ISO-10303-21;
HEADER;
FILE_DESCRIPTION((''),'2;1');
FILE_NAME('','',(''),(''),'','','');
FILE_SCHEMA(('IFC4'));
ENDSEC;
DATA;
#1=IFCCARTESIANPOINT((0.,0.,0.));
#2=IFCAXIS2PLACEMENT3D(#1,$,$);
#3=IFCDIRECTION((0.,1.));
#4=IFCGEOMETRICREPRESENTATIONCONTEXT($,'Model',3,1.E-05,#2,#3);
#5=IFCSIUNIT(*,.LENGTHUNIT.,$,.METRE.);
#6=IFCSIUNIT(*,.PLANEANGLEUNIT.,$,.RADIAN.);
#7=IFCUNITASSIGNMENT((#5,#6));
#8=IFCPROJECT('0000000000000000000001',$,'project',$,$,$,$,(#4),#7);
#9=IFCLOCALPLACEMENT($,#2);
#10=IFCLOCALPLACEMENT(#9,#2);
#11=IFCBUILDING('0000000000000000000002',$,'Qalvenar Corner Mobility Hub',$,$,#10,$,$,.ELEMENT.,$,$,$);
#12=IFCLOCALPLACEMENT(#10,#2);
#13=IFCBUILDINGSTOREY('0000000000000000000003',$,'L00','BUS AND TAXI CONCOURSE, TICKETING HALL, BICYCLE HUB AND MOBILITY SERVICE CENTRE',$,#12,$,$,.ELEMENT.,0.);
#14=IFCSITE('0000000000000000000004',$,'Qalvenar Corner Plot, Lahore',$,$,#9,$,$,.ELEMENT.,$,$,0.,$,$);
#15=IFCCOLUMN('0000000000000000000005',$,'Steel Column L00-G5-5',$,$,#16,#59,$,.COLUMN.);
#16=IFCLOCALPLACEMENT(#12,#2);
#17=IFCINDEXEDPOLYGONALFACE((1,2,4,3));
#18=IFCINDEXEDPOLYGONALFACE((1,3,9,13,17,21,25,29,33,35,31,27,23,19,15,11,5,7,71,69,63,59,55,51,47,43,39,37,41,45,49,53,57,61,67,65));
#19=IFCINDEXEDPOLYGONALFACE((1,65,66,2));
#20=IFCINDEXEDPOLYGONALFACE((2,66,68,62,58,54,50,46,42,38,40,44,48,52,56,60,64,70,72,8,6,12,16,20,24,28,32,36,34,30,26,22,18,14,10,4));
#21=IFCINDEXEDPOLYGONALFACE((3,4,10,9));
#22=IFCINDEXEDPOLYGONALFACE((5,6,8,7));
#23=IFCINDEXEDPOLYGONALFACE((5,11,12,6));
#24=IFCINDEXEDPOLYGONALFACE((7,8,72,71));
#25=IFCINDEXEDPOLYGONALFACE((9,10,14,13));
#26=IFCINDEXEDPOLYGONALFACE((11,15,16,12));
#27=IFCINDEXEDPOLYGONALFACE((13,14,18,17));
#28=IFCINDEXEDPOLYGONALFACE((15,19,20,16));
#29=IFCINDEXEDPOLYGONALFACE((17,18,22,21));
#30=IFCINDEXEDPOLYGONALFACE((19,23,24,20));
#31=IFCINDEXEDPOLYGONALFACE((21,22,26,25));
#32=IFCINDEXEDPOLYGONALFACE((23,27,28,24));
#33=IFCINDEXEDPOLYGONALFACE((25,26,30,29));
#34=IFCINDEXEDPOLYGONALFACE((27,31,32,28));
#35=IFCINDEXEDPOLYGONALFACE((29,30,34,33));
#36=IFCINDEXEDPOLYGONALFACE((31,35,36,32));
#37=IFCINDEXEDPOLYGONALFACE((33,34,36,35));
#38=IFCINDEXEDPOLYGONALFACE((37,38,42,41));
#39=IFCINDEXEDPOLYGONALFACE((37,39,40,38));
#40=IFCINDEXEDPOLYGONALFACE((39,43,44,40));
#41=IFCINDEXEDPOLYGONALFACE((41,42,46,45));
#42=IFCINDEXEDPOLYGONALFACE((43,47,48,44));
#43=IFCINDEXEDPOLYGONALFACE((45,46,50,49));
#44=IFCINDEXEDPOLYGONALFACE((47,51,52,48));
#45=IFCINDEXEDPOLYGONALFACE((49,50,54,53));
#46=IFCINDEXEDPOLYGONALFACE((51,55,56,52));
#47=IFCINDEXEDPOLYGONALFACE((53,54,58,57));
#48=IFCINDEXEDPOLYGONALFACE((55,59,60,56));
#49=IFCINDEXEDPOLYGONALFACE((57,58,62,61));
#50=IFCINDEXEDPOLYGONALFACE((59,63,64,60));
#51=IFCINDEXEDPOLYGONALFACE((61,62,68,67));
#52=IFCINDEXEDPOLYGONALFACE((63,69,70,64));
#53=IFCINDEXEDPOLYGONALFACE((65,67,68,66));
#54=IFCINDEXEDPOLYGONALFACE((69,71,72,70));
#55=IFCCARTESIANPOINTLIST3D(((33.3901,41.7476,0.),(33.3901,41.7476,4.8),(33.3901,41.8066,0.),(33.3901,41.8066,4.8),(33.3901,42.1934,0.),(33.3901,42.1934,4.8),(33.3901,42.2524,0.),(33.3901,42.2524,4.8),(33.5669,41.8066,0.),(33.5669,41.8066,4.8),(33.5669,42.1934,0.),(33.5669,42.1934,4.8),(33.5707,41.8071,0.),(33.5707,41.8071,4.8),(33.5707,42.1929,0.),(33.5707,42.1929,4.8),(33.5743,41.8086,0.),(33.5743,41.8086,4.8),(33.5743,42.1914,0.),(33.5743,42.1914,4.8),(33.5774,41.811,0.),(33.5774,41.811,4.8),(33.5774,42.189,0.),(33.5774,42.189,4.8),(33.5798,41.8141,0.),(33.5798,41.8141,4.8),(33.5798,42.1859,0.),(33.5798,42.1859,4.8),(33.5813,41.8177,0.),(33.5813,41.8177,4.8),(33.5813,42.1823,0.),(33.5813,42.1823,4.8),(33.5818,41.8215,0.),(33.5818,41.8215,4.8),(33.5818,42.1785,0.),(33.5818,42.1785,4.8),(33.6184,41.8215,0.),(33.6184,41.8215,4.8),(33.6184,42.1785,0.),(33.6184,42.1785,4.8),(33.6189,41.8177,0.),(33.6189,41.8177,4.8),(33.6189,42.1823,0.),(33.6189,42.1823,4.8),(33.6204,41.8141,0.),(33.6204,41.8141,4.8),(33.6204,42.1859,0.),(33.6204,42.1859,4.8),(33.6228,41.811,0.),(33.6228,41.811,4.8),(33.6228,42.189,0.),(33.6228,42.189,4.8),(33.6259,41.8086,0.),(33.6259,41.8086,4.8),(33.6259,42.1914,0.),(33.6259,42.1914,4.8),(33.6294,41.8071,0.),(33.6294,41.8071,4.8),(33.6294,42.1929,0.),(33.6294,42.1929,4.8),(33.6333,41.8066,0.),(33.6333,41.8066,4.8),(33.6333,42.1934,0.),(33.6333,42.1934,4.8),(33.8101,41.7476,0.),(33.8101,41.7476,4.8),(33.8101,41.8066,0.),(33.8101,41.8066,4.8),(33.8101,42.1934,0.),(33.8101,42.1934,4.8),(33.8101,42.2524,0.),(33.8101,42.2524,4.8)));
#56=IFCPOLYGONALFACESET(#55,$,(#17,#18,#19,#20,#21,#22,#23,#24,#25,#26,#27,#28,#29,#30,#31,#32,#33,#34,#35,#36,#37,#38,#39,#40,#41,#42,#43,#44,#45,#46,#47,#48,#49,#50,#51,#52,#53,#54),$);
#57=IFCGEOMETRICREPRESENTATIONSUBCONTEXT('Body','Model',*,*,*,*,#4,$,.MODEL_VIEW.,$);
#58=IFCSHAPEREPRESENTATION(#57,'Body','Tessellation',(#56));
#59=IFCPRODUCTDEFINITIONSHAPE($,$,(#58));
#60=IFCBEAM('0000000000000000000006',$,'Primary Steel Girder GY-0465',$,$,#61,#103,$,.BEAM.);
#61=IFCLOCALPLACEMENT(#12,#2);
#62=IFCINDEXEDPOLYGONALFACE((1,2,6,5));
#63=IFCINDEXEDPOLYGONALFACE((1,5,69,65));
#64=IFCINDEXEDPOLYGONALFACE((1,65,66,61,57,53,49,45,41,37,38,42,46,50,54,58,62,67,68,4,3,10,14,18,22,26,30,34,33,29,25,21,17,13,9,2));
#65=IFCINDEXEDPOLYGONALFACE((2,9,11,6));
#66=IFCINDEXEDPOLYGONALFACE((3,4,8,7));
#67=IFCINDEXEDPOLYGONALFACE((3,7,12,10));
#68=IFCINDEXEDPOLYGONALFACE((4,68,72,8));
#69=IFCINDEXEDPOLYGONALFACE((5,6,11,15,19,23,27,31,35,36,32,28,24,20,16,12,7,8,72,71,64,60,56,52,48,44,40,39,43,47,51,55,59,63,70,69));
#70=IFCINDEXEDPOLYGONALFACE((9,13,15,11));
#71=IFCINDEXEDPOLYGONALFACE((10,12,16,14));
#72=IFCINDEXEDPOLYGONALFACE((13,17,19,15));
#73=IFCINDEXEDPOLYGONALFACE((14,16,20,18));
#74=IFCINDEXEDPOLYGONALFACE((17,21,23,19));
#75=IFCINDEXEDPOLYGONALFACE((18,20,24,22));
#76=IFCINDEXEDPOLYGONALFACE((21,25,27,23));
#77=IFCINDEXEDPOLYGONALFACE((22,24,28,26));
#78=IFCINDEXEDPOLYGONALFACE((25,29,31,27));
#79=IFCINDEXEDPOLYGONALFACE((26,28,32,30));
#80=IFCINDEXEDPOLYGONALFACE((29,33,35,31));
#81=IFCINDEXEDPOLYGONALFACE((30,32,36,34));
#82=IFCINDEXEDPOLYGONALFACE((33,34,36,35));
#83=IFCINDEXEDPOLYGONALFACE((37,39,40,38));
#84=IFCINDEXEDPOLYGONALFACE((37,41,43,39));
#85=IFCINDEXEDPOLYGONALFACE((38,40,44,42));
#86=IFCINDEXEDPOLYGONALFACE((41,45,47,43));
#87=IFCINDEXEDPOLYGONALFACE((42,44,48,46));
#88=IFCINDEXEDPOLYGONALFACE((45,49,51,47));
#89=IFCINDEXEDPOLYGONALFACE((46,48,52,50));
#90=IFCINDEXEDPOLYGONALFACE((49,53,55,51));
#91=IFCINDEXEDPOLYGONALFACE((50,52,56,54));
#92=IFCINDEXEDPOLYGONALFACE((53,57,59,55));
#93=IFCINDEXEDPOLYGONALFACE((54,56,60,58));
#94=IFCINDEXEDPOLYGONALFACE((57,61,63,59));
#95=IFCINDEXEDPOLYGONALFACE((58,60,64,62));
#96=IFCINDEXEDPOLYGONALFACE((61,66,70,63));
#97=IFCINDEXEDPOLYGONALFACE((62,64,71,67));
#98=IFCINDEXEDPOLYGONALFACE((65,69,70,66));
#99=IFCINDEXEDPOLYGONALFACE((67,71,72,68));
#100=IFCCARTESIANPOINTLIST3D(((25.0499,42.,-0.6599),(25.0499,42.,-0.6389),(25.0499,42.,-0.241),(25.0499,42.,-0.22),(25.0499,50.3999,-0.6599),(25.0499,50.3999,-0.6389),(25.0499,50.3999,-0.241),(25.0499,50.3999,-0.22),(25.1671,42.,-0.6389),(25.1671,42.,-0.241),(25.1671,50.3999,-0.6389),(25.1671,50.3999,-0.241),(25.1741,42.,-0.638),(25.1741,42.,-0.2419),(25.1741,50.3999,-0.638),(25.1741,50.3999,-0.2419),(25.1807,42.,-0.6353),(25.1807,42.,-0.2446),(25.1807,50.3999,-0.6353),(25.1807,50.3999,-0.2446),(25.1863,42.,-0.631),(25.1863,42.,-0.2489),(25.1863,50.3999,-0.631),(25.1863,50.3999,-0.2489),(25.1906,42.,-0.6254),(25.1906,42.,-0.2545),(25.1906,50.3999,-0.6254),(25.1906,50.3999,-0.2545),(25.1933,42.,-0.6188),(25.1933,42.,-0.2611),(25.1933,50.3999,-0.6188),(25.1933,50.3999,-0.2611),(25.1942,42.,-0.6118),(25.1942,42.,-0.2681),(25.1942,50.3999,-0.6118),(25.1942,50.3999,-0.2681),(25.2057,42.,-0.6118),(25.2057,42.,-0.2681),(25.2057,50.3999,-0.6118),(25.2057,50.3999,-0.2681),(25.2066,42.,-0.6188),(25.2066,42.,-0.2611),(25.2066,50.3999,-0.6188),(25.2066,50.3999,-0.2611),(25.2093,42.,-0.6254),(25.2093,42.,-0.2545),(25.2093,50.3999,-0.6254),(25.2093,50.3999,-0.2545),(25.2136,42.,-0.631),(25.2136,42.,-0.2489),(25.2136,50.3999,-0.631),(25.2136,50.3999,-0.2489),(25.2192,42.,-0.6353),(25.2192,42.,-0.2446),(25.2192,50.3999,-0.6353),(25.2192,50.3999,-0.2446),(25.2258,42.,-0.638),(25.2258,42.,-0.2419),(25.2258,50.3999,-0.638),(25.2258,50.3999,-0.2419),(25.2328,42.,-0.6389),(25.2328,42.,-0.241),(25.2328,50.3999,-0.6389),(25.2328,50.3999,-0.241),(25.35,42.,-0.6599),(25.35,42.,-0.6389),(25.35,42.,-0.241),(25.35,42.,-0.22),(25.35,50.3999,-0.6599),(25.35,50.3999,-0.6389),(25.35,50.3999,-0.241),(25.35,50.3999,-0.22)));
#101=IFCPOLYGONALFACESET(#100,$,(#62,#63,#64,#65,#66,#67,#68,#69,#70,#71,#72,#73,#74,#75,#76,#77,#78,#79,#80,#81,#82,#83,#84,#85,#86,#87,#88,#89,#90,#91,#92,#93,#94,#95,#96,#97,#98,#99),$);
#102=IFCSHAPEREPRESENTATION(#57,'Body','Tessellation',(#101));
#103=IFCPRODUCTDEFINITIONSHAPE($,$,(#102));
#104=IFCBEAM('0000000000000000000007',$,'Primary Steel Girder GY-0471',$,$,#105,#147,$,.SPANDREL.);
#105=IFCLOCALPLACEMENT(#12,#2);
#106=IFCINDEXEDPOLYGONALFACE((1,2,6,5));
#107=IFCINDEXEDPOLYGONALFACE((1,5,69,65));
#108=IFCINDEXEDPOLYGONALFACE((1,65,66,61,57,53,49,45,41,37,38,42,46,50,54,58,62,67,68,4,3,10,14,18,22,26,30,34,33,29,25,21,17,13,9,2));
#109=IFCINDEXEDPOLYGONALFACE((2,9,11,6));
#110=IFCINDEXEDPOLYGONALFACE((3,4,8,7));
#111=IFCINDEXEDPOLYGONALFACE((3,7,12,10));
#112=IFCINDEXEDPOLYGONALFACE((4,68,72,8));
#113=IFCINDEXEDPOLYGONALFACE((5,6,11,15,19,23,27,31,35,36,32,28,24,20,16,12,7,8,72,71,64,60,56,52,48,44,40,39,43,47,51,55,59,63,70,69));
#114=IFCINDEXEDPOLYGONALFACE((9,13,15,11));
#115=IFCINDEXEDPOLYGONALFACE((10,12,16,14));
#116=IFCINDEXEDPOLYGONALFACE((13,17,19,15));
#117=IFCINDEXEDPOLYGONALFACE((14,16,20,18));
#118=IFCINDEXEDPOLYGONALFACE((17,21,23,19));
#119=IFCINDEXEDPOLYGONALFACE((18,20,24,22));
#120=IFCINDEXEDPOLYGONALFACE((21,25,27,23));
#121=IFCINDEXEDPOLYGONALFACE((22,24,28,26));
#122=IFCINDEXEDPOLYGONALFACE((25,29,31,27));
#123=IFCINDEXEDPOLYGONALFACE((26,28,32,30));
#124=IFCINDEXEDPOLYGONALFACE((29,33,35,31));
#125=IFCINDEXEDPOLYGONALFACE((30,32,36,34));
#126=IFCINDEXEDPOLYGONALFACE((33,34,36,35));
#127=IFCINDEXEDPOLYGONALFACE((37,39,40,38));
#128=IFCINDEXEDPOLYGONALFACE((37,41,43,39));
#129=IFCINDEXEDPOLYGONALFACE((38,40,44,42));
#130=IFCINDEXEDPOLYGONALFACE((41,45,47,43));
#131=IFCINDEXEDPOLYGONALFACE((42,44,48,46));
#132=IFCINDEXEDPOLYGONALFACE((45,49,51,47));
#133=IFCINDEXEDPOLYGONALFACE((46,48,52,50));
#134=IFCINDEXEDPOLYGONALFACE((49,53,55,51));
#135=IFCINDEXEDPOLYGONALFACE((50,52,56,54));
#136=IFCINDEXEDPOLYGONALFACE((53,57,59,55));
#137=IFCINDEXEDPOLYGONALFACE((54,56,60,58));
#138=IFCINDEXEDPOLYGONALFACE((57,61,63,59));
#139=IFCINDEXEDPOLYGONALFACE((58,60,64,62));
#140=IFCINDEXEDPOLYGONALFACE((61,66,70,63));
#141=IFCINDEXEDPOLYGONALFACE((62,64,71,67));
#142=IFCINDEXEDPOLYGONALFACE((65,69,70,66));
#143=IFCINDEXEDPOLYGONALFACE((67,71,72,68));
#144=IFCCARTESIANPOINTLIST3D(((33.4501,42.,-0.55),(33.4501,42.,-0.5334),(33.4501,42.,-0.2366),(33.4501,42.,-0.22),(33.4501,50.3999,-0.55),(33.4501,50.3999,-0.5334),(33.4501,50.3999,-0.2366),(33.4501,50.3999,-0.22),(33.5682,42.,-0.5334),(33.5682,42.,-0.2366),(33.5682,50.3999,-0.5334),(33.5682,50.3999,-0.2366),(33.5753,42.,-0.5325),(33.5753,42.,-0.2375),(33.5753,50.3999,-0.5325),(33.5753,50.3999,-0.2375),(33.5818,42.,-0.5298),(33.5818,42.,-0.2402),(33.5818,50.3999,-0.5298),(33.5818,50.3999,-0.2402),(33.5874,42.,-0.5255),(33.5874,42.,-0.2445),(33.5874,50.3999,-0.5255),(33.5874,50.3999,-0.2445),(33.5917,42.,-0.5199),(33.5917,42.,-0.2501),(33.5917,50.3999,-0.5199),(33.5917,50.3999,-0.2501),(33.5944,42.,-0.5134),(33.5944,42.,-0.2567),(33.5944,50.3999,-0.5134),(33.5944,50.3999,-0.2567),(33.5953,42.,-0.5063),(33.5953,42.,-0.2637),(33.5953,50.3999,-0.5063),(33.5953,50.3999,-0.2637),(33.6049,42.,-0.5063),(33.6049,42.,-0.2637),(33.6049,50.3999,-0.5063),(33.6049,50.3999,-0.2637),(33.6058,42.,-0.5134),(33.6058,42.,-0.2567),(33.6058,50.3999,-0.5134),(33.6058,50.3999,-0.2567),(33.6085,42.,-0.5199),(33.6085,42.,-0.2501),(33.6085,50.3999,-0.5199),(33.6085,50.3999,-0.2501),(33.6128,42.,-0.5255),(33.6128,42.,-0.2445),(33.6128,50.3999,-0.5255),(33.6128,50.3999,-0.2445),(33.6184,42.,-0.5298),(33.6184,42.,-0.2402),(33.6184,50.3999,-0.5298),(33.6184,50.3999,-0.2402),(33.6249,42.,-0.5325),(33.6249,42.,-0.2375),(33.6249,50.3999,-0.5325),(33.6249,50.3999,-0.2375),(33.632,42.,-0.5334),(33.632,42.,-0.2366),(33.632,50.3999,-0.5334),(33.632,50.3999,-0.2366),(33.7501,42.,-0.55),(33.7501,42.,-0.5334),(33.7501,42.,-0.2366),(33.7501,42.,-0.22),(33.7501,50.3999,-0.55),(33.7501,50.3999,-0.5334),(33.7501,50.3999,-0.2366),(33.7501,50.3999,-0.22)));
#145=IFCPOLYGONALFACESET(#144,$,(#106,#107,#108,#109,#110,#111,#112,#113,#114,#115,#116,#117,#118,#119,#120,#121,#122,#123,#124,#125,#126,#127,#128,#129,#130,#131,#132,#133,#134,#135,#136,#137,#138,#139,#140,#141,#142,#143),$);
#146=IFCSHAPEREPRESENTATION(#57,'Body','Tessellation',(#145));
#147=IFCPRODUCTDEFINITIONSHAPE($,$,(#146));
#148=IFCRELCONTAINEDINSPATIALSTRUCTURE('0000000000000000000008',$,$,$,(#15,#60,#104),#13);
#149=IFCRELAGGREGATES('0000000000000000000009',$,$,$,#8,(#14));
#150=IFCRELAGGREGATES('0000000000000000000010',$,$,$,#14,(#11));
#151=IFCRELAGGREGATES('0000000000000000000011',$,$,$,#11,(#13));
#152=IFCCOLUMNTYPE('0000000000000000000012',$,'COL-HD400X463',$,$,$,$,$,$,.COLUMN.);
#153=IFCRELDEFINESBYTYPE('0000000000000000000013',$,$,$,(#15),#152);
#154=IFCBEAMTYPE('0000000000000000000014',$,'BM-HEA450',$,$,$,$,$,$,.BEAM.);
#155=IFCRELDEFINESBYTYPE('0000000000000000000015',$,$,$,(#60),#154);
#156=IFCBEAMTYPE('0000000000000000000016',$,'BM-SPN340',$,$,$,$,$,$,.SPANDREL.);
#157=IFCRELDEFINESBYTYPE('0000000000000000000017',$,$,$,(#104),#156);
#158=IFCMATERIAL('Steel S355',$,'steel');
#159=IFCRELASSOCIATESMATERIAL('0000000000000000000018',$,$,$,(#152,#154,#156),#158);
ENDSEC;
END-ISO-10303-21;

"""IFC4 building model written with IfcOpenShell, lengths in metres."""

from ifc_helpers import new_model, si_unit, direction, frame, origin, origin_2d, place, context, subcontext, project, spatial, i_section, extrude, material, material_profile, profile_set, type_object, element, save


model = new_model("IFC4")

# Units and contexts
model_context = context("Model", 3, precision=1e-05, world=origin(), true_north=direction((0.0, 1.0)))
body_context = subcontext(model_context, "Body", "Model", "MODEL_VIEW")
ifc_project = project(units=[si_unit("LENGTHUNIT", "METRE"), si_unit("PLANEANGLEUNIT", "RADIAN")], contexts=[model_context])

# Site, building, storey
site_placement = place(None, origin())
site = spatial("IfcSite", under=ifc_project, at=site_placement, Name="Qalvenar Corner Plot, Lahore", CompositionType="ELEMENT", RefElevation=0.0)
building_placement = place(site_placement, origin())
building = spatial("IfcBuilding", under=site, at=building_placement, Name="Qalvenar Corner Mobility Hub", CompositionType="ELEMENT")
storey_placement = place(building_placement, origin())
storey = spatial("IfcBuildingStorey", under=building, at=storey_placement, Name="L00", Description="BUS AND TAXI CONCOURSE, TICKETING HALL, BICYCLE HUB AND MOBILITY SERVICE CENTRE", CompositionType="ELEMENT", Elevation=0.0)

# Column
ifc_material_1 = material(Name="Steel S355", Category="steel")
ifc_material_profile_1 = material_profile(ifc_material_1, i_section(OverallWidth=0.4199, OverallDepth=0.5049, WebThickness=0.0366, FlangeThickness=0.0591, FilletRadius=0.0149, at=origin_2d()), Name="HD400x551")
ifc_profile_set_1 = profile_set([ifc_material_profile_1], Name="Steel S355")
column_type = type_object("IfcColumnType", Name="COL-HD400X463", PredefinedType="COLUMN", material=ifc_profile_set_1)
column_placement = place(storey_placement, frame((33.6001, 42.0, 0.0), z_axis=(0.0, 0.0, 1.0), x_axis=(1.0, 0.0, 0.0)))
element("IfcColumn", 1, at=column_placement, inside=storey, type_object=column_type, Name="Steel Column L00-G5-5", PredefinedType="COLUMN", context=body_context, shape_type="SweptSolid", body=[
    extrude(i_section(OverallWidth=0.4199, OverallDepth=0.5049, WebThickness=0.0366, FlangeThickness=0.0591, FilletRadius=0.0149, at=origin_2d()), origin(), (0.0, 0.0, 1.0), 4.8),
])

# Beams
ifc_material_profile_2 = material_profile(ifc_material_1, i_section(OverallWidth=0.3, OverallDepth=0.4399, WebThickness=0.0115, FlangeThickness=0.021, FilletRadius=0.0271, at=origin_2d()), Name="HEA450")
ifc_profile_set_2 = profile_set([ifc_material_profile_2], Name="Steel S355")
beam_type_1 = type_object("IfcBeamType", Name="BM-HEA450", PredefinedType="BEAM", material=ifc_profile_set_2)
beam_1_placement = place(storey_placement, frame((25.2, 42.0, -0.4399), z_axis=(0.0, 1.0, 0.0), x_axis=(-1.0, 0.0, 0.0)))
element("IfcBeam", 2, at=beam_1_placement, inside=storey, type_object=beam_type_1, Name="Primary Steel Girder GY-0465", PredefinedType="BEAM", context=body_context, shape_type="SweptSolid", body=[
    extrude(i_section(OverallWidth=0.3, OverallDepth=0.4399, WebThickness=0.0115, FlangeThickness=0.021, FilletRadius=0.0271, at=origin_2d()), origin(), (0.0, 0.0, 1.0), 8.3999),
])
ifc_material_profile_3 = material_profile(ifc_material_1, i_section(OverallWidth=0.3, OverallDepth=0.3301, WebThickness=0.0095, FlangeThickness=0.0166, FilletRadius=0.0271, at=origin_2d()), Name="HEA340")
ifc_profile_set_3 = profile_set([ifc_material_profile_3], Name="Steel S355")
beam_type_2 = type_object("IfcBeamType", Name="BM-SPN340", PredefinedType="SPANDREL", material=ifc_profile_set_3)
beam_2_placement = place(storey_placement, frame((33.6001, 42.0, -0.385), z_axis=(0.0, 1.0, 0.0), x_axis=(-1.0, 0.0, 0.0)))
element("IfcBeam", 3, at=beam_2_placement, inside=storey, type_object=beam_type_2, Name="Primary Steel Girder GY-0471", PredefinedType="SPANDREL", context=body_context, shape_type="SweptSolid", body=[
    extrude(i_section(OverallWidth=0.3, OverallDepth=0.3301, WebThickness=0.0095, FlangeThickness=0.0166, FilletRadius=0.0271, at=origin_2d()), origin(), (0.0, 0.0, 1.0), 8.3999),
])

save(model, "model.ifc")
